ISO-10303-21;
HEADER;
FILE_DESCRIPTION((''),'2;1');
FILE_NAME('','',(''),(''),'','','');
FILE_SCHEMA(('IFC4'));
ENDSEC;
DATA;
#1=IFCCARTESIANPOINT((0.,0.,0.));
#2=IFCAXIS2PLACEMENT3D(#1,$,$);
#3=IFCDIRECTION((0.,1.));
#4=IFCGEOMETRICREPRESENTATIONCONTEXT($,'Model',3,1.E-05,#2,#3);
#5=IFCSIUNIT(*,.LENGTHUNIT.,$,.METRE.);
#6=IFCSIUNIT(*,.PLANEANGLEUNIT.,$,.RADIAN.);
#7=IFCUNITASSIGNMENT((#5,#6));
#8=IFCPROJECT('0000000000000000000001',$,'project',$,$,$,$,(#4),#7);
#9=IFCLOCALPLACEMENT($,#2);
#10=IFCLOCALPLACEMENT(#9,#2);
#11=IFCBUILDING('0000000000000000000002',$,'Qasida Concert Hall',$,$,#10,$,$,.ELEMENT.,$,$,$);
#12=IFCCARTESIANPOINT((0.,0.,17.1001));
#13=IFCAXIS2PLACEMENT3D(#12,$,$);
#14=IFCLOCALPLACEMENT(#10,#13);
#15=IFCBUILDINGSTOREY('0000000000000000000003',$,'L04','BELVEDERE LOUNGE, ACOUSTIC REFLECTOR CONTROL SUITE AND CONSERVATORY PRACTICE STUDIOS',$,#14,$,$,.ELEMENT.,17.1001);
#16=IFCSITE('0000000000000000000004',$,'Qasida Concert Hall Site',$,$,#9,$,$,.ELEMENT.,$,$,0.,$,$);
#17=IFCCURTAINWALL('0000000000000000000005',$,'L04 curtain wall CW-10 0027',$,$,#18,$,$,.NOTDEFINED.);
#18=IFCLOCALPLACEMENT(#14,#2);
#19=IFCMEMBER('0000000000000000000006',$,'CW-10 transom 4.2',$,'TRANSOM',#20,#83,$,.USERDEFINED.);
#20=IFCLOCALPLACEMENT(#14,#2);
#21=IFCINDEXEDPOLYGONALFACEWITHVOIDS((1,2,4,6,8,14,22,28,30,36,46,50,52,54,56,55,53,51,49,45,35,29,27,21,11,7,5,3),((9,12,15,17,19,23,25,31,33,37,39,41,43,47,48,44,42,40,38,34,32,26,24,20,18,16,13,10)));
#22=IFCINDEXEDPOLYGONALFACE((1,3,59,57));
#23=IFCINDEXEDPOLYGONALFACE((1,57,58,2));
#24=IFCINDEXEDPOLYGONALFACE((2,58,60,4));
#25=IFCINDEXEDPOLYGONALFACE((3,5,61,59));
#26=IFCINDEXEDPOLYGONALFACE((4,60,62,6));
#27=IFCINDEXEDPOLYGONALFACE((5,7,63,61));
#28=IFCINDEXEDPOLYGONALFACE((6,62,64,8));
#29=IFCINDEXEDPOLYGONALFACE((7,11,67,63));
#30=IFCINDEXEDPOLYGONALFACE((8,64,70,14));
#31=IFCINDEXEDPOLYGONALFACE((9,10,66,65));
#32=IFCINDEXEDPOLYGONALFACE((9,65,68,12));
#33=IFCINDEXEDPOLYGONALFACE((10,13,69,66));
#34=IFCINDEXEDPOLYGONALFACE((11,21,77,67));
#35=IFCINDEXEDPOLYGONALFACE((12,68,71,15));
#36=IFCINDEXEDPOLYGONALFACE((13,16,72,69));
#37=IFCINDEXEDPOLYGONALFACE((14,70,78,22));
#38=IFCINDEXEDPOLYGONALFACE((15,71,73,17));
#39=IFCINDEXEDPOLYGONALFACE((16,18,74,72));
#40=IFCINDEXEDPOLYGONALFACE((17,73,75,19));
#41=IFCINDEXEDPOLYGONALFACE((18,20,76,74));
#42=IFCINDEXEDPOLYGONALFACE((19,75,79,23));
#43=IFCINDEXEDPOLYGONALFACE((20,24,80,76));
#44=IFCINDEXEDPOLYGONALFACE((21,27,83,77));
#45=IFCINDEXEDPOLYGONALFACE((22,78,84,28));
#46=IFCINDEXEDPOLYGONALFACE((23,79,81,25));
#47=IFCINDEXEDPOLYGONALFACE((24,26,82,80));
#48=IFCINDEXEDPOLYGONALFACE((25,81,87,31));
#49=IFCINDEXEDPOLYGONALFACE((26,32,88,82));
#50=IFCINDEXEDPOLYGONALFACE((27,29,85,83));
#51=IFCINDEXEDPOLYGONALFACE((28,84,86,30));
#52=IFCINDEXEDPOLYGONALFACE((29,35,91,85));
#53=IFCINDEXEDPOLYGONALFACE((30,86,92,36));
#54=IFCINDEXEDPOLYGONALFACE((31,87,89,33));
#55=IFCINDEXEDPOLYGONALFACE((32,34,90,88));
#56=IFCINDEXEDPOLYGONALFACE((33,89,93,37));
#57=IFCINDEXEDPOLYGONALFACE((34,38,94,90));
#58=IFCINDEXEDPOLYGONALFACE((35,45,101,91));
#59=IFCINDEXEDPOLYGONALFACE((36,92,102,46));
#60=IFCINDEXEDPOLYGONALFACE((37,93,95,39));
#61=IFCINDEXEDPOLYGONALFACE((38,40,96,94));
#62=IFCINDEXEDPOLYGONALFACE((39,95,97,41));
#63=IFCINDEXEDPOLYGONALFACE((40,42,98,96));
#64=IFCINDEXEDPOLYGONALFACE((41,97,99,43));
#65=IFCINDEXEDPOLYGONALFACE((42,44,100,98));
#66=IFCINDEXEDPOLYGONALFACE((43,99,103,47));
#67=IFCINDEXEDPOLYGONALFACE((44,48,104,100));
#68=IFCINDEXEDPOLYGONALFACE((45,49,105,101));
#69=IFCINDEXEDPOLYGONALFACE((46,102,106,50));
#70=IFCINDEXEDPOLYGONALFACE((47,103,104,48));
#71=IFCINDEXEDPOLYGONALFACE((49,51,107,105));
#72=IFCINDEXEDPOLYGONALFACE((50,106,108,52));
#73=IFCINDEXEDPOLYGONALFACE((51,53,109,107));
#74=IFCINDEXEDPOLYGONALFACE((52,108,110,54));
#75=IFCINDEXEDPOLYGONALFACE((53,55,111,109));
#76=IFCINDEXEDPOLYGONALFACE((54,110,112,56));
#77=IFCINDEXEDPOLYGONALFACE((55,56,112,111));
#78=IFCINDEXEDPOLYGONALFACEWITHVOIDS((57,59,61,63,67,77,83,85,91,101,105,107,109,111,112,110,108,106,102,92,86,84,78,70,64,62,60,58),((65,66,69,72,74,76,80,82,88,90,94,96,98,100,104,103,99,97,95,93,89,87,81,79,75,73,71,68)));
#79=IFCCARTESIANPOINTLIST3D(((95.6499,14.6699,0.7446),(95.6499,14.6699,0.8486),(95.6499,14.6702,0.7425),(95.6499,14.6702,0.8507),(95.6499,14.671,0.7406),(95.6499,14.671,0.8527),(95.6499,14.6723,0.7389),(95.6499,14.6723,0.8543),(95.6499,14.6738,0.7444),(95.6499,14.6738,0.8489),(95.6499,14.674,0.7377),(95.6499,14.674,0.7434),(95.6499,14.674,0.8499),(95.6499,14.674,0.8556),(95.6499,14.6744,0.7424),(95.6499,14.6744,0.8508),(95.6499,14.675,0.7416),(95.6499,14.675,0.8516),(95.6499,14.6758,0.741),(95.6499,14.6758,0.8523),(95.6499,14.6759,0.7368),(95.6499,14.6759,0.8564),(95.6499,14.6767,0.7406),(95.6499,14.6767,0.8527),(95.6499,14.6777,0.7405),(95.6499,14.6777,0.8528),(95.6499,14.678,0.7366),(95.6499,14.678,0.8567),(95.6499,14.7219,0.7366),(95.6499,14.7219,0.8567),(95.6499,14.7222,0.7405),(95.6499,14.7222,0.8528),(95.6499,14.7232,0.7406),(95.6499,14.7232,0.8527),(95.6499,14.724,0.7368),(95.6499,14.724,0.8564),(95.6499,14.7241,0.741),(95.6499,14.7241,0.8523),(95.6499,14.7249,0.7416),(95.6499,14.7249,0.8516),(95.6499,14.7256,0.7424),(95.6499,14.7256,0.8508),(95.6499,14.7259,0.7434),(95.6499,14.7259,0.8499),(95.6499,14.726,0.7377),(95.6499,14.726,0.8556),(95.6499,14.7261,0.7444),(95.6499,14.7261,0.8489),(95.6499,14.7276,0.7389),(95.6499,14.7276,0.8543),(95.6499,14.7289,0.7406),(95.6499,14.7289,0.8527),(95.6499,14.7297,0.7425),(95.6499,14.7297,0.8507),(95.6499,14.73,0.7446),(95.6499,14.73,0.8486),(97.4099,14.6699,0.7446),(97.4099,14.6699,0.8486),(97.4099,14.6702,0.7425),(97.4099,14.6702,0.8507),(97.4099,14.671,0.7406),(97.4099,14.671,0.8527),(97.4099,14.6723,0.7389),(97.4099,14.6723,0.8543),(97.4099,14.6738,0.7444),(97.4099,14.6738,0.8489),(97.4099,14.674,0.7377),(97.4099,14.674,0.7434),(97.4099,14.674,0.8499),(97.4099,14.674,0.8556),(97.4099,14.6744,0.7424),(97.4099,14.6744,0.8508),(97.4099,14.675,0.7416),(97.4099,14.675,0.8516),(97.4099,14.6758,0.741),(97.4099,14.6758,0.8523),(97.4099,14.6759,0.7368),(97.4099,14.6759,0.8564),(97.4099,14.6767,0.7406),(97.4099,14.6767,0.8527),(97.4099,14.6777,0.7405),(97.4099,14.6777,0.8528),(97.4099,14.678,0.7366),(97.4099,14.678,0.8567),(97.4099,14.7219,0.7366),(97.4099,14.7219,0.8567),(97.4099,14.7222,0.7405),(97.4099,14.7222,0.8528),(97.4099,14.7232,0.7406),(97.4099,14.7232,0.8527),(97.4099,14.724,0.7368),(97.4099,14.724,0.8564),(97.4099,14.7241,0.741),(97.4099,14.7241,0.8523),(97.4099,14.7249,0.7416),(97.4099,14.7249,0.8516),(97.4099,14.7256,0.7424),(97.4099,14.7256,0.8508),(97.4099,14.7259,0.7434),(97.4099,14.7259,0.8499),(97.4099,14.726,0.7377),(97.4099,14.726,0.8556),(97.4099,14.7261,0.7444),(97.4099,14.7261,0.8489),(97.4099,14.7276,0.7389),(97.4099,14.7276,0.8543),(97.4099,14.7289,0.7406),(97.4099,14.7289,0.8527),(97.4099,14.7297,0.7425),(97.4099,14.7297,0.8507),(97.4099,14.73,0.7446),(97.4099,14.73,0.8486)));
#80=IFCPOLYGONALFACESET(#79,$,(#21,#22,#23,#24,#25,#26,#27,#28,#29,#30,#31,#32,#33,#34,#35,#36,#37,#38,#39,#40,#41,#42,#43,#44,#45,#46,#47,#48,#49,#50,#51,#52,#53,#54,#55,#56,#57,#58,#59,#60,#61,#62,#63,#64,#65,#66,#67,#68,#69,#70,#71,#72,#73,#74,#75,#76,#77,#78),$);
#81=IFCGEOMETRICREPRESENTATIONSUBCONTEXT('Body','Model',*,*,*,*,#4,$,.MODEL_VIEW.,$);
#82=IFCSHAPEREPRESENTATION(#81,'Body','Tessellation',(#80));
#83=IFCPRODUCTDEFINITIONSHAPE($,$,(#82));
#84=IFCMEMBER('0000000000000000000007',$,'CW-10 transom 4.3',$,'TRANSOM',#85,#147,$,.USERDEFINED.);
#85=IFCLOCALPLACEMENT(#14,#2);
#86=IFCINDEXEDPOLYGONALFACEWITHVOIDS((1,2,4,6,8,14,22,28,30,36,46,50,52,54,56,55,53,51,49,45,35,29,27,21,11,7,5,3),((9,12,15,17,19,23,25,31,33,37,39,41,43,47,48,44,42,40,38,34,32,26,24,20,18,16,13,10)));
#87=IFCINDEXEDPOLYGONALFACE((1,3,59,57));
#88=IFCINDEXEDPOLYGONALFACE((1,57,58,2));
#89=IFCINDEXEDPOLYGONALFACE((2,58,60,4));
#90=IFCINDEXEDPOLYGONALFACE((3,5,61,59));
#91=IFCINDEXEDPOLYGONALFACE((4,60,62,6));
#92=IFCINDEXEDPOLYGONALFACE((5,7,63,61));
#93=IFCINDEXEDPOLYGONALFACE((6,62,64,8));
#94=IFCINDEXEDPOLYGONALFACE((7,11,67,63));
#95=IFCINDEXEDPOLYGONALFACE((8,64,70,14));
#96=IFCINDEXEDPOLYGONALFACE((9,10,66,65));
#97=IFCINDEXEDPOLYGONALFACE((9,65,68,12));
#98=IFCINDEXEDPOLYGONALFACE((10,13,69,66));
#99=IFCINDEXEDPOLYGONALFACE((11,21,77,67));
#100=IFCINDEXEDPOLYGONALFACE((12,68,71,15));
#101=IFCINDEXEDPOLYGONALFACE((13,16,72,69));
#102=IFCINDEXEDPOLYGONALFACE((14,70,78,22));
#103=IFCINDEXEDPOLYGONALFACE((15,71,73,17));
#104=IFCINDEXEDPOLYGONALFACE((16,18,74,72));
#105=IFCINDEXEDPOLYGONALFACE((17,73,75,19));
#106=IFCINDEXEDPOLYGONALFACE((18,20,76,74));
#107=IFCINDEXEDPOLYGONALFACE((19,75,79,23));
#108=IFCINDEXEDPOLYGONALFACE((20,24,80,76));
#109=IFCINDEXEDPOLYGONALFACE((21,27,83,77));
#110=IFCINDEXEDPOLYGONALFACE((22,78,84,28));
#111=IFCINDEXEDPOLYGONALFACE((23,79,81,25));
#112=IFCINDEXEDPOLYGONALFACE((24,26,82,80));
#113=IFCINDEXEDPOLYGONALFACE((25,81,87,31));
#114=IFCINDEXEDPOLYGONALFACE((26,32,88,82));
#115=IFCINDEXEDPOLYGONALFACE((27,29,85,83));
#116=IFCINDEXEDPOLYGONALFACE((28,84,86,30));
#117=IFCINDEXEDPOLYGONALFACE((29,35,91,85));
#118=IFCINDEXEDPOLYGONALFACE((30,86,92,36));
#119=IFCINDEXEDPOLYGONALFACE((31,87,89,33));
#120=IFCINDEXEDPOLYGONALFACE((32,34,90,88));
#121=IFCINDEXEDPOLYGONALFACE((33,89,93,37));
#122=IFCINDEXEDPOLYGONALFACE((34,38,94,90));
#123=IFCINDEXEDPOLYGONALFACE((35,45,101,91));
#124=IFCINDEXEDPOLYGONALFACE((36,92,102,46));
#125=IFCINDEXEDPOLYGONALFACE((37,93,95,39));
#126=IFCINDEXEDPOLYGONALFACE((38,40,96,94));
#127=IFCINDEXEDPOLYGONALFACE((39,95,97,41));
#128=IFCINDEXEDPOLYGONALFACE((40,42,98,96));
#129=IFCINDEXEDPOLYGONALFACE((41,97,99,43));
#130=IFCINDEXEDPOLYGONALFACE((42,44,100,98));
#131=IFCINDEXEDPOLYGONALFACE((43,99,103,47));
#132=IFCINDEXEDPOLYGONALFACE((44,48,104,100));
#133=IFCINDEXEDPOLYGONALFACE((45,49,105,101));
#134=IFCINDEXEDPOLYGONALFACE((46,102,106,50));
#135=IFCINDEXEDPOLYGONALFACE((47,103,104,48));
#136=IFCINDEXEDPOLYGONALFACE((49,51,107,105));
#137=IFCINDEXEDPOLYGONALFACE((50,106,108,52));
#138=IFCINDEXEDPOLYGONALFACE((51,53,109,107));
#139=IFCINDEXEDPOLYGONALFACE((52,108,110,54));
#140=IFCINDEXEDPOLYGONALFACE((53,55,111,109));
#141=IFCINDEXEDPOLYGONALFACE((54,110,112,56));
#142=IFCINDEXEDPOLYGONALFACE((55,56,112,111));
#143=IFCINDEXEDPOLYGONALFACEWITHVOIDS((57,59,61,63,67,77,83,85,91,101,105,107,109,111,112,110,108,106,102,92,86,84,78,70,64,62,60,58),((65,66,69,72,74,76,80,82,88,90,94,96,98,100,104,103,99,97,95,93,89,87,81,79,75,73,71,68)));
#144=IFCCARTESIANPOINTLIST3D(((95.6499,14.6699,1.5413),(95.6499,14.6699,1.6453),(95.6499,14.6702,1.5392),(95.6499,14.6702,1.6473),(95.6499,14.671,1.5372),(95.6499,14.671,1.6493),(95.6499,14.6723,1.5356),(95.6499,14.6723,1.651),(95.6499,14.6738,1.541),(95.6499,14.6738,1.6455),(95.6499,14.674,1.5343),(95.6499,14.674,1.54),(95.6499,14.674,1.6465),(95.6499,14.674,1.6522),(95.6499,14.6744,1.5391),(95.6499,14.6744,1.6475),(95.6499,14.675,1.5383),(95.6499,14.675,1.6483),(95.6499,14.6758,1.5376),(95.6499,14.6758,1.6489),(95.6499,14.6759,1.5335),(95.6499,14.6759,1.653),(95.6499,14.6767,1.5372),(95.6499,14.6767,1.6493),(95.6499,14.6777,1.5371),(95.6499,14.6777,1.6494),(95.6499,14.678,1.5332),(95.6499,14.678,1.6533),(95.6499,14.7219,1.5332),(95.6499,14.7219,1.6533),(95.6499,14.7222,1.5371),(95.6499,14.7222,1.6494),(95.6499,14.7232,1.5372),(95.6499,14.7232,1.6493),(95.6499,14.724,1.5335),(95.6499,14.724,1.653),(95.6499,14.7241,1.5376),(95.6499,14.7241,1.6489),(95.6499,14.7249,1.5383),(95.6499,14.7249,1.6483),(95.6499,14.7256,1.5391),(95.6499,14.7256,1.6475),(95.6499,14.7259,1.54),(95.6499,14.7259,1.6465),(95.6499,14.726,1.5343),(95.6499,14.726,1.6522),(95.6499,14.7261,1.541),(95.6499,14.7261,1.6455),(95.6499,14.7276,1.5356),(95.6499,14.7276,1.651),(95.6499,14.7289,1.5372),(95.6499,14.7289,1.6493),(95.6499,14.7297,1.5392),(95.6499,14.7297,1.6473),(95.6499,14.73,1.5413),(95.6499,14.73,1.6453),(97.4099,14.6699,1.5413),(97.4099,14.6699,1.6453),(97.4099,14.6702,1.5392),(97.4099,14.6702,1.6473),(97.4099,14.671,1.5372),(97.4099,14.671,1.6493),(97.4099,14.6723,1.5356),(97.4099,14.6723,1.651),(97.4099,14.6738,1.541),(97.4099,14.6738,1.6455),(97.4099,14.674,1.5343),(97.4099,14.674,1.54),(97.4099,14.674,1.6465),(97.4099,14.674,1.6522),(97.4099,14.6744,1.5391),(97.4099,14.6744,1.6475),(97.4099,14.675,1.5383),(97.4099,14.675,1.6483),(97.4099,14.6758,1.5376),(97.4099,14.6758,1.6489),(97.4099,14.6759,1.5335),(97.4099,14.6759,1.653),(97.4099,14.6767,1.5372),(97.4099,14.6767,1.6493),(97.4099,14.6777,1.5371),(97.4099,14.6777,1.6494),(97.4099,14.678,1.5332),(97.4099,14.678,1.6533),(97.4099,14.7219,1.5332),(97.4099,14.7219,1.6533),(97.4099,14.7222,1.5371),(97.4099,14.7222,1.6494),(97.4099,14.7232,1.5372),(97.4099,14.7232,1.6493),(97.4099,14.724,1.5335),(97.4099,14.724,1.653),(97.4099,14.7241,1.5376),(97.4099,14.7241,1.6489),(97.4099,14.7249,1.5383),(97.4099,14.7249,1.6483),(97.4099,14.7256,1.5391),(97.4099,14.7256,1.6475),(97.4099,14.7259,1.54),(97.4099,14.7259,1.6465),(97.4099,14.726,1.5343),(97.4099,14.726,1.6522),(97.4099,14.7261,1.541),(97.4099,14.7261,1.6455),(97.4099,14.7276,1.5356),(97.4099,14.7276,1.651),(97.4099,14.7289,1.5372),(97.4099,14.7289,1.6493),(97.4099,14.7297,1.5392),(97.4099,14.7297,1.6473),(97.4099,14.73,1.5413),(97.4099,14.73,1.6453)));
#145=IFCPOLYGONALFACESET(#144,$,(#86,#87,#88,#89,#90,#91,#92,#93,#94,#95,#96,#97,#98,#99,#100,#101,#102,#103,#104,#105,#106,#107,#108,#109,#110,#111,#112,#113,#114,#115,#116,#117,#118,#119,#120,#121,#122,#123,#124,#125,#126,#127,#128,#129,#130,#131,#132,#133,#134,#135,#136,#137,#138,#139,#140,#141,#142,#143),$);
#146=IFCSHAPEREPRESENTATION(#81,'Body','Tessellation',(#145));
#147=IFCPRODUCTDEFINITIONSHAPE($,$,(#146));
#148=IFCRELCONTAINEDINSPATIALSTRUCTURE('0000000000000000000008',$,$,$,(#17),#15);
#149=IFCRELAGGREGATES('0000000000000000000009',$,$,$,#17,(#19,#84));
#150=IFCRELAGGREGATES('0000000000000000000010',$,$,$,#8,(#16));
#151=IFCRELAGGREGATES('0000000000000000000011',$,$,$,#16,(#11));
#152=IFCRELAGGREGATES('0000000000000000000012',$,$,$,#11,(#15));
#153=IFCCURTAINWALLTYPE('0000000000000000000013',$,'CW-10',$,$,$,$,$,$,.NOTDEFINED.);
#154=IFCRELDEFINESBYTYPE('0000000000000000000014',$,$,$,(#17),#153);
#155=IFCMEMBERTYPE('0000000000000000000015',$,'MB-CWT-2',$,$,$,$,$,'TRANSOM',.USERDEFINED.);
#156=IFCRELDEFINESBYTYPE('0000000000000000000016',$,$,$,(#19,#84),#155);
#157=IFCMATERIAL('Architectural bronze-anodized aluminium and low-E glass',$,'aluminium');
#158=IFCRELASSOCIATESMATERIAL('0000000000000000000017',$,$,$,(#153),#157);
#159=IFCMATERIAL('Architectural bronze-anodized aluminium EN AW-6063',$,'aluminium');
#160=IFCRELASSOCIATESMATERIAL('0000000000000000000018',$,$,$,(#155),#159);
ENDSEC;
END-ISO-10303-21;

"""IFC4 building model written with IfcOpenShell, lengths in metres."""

from ifc_helpers import new_model, si_unit, direction, frame, origin, origin_2d, place, context, subcontext, project, spatial, hollow_rectangle, extrude, material, material_profile, profile_set, type_object, element, aggregate, save


model = new_model("IFC4")

# Units and contexts
model_context = context("Model", 3, precision=1e-05, world=origin(), true_north=direction((0.0, 1.0)))
body_context = subcontext(model_context, "Body", "Model", "MODEL_VIEW")
ifc_project = project(units=[si_unit("LENGTHUNIT", "METRE"), si_unit("PLANEANGLEUNIT", "RADIAN")], contexts=[model_context])

# Site, building, storey
site_placement = place(None, origin())
site = spatial("IfcSite", under=ifc_project, at=site_placement, Name="Qasida Concert Hall Site", CompositionType="ELEMENT", RefElevation=0.0)
building_placement = place(site_placement, origin())
building = spatial("IfcBuilding", under=site, at=building_placement, Name="Qasida Concert Hall", CompositionType="ELEMENT")
storey_placement = place(building_placement, frame((0.0, 0.0, 17.1001)))
storey = spatial("IfcBuildingStorey", under=building, at=storey_placement, Name="L04", Description="BELVEDERE LOUNGE, ACOUSTIC REFLECTOR CONTROL SUITE AND CONSERVATORY PRACTICE STUDIOS", CompositionType="ELEMENT", Elevation=17.1001)

# Curtain wall
ifc_material_1 = material(Name="Architectural bronze-anodized aluminium and low-E glass", Category="aluminium")
curtain_wall_type = type_object("IfcCurtainWallType", Name="CW-10", PredefinedType="NOTDEFINED", material=ifc_material_1)
curtain_wall_1_placement = place(storey_placement, origin())
curtain_wall_1 = element("IfcCurtainWall", 1, at=curtain_wall_1_placement, inside=storey, type_object=curtain_wall_type, Name="L04 curtain wall CW-10 0027", PredefinedType="NOTDEFINED")
ifc_material_2 = material(Name="Architectural bronze-anodized aluminium EN AW-6063", Category="aluminium")

# Members
ifc_material_profile_1 = material_profile(ifc_material_2, hollow_rectangle(XDim=0.0601, YDim=0.1201, WallThickness=0.0039, InnerFilletRadius=0.0039, OuterFilletRadius=0.0081, at=origin_2d()), Name="CWT 120x60x4")
ifc_profile_set_1 = profile_set([ifc_material_profile_1], Name="Architectural bronze-anodized aluminium EN AW-6063")
member_type_1 = type_object("IfcMemberType", Name="MB-CWT-2", ElementType="TRANSOM", PredefinedType="USERDEFINED", material=ifc_profile_set_1)
member_1_placement = place(storey_placement, frame((95.6499, 14.7, 0.7966), z_axis=(1.0, 0.0, 0.0), x_axis=(0.0, 1.0, 0.0)))
member_1 = element("IfcMember", 2, at=member_1_placement, type_object=member_type_1, Name="CW-10 transom 4.2", ObjectType="TRANSOM", PredefinedType="USERDEFINED", context=body_context, shape_type="SweptSolid", body=[
    extrude(hollow_rectangle(XDim=0.0601, YDim=0.1201, WallThickness=0.0039, InnerFilletRadius=0.0039, OuterFilletRadius=0.0081, at=origin_2d()), origin(), (0.0, 0.0, 1.0), 1.76),
])
member_2_placement = place(storey_placement, frame((95.6499, 14.7, 1.5933), z_axis=(1.0, 0.0, 0.0), x_axis=(0.0, 1.0, 0.0)))
member_2 = element("IfcMember", 3, at=member_2_placement, type_object=member_type_1, Name="CW-10 transom 4.3", ObjectType="TRANSOM", PredefinedType="USERDEFINED", context=body_context, shape_type="SweptSolid", body=[
    extrude(hollow_rectangle(XDim=0.0601, YDim=0.1201, WallThickness=0.0039, InnerFilletRadius=0.0039, OuterFilletRadius=0.0081, at=origin_2d()), origin(), (0.0, 0.0, 1.0), 1.76),
])

aggregate(curtain_wall_1, [member_1, member_2])

save(model, "model.ifc")
